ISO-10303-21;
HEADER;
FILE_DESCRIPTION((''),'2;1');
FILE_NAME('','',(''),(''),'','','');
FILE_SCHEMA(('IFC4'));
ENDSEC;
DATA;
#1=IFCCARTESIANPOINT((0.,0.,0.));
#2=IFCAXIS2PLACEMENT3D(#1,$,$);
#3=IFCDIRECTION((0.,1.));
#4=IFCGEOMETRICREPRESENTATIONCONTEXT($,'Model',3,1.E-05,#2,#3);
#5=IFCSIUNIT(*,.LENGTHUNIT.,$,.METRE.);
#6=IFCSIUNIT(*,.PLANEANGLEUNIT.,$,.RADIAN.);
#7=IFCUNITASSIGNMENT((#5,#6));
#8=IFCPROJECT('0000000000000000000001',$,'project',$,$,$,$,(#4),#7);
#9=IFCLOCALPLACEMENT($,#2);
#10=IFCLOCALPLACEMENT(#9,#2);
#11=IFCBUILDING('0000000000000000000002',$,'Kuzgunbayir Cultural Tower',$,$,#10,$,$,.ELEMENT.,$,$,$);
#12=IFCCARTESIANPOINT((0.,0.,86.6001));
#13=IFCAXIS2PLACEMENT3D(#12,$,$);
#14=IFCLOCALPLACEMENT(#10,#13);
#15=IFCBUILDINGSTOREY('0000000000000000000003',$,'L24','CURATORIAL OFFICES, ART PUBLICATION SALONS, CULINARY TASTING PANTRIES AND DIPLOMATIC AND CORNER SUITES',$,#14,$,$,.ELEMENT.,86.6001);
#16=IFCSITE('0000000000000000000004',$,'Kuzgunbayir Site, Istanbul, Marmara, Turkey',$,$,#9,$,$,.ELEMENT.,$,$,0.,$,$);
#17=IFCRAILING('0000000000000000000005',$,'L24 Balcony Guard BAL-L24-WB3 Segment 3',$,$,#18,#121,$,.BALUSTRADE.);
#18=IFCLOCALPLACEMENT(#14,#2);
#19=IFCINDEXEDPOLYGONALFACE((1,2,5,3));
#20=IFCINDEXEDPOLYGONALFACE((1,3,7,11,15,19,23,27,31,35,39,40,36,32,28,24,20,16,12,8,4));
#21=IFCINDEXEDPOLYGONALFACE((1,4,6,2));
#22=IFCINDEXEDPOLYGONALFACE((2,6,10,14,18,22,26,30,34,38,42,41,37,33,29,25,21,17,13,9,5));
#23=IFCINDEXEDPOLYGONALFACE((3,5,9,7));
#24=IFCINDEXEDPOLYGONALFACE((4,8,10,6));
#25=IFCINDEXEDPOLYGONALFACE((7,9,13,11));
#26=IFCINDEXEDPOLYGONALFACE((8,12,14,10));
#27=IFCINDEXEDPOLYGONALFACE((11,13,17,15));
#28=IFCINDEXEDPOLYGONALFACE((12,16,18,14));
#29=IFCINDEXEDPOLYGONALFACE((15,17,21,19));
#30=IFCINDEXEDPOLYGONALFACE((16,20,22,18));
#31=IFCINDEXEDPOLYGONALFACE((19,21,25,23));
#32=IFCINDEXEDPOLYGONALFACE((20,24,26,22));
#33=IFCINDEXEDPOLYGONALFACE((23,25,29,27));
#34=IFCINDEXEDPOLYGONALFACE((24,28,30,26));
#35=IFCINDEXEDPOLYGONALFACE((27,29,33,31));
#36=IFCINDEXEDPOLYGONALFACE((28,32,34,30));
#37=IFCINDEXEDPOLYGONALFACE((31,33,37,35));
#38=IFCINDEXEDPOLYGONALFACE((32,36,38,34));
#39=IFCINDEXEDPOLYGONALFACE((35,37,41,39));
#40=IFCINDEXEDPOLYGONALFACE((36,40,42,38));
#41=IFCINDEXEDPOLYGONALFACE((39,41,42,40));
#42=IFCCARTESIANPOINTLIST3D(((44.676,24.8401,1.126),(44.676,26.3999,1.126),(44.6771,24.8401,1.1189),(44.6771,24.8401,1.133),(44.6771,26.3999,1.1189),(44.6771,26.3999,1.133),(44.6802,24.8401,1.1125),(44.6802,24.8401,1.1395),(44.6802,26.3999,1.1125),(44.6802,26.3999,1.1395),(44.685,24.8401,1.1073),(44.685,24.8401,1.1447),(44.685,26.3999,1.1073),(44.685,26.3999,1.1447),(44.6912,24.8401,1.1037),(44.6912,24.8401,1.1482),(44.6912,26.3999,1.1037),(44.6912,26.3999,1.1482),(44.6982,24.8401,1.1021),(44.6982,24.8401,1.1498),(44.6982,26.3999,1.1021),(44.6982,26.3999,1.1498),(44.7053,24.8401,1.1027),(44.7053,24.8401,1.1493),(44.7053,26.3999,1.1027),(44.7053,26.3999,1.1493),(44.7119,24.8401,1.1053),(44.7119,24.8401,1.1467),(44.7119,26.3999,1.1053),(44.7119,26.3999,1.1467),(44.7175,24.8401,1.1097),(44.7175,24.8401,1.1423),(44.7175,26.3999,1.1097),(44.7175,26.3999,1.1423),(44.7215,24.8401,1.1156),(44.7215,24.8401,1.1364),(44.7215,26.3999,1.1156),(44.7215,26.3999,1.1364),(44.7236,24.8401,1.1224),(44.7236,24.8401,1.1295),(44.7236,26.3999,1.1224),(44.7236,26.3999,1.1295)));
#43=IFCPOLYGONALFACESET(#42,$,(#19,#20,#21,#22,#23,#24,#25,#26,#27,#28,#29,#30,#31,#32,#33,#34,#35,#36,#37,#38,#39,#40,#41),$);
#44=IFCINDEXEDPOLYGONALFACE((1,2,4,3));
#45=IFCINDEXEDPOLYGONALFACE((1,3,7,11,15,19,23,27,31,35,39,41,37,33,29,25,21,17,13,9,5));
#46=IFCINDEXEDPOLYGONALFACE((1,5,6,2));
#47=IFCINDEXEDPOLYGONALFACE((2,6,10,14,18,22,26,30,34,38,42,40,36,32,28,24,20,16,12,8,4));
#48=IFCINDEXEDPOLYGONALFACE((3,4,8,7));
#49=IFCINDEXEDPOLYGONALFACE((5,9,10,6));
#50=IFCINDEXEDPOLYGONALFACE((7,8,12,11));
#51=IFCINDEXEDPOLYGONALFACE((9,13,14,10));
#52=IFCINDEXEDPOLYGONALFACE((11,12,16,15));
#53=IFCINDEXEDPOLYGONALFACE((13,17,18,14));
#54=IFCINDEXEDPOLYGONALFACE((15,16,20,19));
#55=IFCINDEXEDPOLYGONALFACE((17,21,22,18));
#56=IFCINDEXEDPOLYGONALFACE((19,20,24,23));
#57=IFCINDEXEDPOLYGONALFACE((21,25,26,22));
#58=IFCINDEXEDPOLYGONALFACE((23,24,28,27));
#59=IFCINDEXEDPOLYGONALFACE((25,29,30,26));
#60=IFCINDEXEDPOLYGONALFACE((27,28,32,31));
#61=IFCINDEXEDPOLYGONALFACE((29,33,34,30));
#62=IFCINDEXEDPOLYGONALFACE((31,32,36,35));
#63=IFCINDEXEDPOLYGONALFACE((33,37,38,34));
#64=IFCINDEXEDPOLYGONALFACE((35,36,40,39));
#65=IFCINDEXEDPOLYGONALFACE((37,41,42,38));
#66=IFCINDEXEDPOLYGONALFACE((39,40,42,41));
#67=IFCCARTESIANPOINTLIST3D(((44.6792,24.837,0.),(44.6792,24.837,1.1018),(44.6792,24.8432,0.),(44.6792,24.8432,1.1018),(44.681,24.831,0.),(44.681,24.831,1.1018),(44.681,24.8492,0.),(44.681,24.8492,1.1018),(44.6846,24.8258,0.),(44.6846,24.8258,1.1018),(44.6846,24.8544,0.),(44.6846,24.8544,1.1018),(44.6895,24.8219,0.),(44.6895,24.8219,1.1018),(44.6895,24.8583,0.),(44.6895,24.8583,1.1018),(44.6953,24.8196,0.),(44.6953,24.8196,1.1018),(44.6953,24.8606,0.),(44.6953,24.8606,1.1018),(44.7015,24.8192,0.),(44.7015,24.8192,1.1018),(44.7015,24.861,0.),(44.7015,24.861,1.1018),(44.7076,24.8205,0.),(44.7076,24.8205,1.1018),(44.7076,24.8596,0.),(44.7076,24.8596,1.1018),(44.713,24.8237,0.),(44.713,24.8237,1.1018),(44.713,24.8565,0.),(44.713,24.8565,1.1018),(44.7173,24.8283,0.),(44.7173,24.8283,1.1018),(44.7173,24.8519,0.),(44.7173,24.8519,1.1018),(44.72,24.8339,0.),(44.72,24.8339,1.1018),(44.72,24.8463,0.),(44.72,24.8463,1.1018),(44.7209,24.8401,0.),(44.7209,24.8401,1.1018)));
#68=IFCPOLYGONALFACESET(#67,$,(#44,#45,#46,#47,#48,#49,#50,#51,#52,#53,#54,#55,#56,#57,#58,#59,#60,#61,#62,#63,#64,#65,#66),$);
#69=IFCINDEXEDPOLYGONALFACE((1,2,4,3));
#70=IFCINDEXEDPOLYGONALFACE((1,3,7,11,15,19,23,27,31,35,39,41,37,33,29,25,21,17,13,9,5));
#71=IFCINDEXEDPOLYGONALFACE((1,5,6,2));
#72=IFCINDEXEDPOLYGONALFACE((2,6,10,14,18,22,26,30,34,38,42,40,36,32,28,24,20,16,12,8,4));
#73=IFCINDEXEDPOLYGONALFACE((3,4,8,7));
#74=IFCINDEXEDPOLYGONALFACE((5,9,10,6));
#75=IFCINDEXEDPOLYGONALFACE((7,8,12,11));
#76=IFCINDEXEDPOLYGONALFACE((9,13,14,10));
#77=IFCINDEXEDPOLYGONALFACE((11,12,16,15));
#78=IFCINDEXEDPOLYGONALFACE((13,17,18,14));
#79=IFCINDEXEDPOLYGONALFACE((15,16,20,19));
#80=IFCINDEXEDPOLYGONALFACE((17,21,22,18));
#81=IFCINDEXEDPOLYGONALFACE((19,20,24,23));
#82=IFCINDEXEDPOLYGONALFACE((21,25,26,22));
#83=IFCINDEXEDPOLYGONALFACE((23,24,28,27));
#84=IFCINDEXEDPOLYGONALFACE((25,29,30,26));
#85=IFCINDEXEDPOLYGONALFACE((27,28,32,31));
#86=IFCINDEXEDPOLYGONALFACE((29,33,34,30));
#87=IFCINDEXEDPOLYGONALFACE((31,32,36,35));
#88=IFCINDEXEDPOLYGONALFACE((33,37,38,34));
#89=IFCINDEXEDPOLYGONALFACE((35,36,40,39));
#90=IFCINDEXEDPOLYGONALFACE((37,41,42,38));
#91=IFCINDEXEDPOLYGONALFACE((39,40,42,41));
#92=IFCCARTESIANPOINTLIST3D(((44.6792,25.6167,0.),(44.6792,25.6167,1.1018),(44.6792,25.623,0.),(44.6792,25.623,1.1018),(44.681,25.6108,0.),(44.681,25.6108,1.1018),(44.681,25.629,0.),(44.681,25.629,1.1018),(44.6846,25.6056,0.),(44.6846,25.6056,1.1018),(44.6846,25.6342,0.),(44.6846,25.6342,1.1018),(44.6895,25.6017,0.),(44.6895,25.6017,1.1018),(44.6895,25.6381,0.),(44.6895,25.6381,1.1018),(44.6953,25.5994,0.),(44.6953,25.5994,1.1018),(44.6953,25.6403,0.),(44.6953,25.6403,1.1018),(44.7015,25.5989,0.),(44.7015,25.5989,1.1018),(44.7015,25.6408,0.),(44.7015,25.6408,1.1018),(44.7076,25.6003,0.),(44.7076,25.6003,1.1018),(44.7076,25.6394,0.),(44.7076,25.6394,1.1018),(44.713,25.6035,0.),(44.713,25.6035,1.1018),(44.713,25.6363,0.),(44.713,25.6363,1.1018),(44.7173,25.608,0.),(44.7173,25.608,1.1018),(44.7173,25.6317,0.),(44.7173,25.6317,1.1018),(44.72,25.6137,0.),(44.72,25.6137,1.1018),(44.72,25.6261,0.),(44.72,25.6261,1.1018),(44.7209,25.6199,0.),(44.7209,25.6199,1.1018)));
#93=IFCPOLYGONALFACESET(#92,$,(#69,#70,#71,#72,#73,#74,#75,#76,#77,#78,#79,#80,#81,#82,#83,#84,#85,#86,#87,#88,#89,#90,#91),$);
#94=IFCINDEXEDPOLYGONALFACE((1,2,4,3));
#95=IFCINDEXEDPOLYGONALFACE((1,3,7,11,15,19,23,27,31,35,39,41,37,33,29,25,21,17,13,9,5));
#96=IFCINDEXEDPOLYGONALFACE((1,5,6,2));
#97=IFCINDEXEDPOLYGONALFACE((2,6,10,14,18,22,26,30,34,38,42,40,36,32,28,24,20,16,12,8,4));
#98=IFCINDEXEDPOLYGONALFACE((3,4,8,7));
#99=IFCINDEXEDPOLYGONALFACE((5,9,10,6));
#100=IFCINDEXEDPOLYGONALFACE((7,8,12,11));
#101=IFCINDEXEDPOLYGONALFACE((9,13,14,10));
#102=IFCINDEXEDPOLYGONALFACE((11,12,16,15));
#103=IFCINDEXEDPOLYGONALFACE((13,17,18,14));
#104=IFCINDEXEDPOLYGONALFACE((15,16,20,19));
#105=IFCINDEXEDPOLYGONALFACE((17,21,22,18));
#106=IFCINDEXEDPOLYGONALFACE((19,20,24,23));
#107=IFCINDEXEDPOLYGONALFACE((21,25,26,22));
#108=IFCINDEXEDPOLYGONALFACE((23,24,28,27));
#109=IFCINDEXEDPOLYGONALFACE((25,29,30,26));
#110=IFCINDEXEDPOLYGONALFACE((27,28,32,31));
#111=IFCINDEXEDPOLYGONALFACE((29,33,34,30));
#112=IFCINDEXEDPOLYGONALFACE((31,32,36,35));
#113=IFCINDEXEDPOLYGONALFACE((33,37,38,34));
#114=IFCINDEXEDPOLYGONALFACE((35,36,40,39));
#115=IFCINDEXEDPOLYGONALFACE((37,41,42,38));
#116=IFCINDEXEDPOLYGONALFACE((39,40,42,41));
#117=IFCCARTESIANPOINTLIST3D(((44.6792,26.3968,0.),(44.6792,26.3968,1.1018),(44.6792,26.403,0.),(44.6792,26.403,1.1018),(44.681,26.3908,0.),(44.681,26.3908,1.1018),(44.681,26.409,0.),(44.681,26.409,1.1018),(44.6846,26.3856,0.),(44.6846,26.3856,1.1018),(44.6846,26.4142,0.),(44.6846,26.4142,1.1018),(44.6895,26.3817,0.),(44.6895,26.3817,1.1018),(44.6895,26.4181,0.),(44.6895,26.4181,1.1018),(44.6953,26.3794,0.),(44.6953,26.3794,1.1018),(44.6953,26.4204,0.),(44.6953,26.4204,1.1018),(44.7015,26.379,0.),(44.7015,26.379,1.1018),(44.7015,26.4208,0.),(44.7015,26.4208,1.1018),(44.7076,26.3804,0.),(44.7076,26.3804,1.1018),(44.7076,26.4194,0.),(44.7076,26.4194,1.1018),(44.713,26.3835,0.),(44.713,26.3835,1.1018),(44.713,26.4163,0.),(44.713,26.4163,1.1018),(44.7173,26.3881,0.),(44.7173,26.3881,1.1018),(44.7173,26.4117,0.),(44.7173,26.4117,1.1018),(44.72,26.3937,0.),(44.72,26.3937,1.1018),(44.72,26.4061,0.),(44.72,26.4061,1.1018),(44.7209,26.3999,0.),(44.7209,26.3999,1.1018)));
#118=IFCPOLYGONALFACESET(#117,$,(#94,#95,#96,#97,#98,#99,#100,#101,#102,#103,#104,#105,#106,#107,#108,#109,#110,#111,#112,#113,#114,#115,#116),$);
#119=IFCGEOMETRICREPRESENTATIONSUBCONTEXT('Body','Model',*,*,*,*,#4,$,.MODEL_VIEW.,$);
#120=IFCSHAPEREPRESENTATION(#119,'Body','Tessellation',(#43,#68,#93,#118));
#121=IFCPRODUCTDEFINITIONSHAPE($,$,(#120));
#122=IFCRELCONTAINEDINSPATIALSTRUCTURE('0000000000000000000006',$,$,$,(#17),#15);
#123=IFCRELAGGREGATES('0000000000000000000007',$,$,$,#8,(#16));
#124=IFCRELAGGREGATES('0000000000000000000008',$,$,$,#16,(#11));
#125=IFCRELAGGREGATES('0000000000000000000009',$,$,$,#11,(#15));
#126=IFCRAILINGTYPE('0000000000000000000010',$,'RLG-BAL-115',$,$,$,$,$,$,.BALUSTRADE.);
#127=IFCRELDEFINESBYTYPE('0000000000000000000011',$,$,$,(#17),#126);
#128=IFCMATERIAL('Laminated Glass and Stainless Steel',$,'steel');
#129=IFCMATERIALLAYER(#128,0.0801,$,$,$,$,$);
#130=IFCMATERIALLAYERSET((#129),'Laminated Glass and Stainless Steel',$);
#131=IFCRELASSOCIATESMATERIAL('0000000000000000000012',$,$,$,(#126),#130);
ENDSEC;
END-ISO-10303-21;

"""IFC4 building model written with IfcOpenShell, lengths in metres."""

from ifc_helpers import new_model, si_unit, direction, frame, origin, origin_2d, place, context, subcontext, project, spatial, circle, extrude, material, layer, layer_set, type_object, element, save


model = new_model("IFC4")

# Units and contexts
model_context = context("Model", 3, precision=1e-05, world=origin(), true_north=direction((0.0, 1.0)))
body_context = subcontext(model_context, "Body", "Model", "MODEL_VIEW")
ifc_project = project(units=[si_unit("LENGTHUNIT", "METRE"), si_unit("PLANEANGLEUNIT", "RADIAN")], contexts=[model_context])

# Site, building, storey
site_placement = place(None, origin())
site = spatial("IfcSite", under=ifc_project, at=site_placement, Name="Kuzgunbayir Site, Istanbul, Marmara, Turkey", CompositionType="ELEMENT", RefElevation=0.0)
building_placement = place(site_placement, origin())
building = spatial("IfcBuilding", under=site, at=building_placement, Name="Kuzgunbayir Cultural Tower", CompositionType="ELEMENT")
storey_placement = place(building_placement, frame((0.0, 0.0, 86.6001)))
storey = spatial("IfcBuildingStorey", under=building, at=storey_placement, Name="L24", Description="CURATORIAL OFFICES, ART PUBLICATION SALONS, CULINARY TASTING PANTRIES AND DIPLOMATIC AND CORNER SUITES", CompositionType="ELEMENT", Elevation=86.6001)

# Railing
ifc_material_1 = material(Name="Laminated Glass and Stainless Steel", Category="steel")
ifc_layer_1 = layer(ifc_material_1, 0.0801)
ifc_layer_set_1 = layer_set([ifc_layer_1], Name="Laminated Glass and Stainless Steel")
railing_type = type_object("IfcRailingType", Name="RLG-BAL-115", PredefinedType="BALUSTRADE", material=ifc_layer_set_1)
railing_1_placement = place(storey_placement, frame((44.7, 24.8401, 0.0)))
element("IfcRailing", 1, at=railing_1_placement, inside=storey, type_object=railing_type, Name="L24 Balcony Guard BAL-L24-WB3 Segment 3", PredefinedType="BALUSTRADE", context=body_context, shape_type="SweptSolid", body=[
    extrude(circle(Radius=0.0239, at=origin_2d()), frame((0.0, 0.0, 1.126), z_axis=(0.0, 1.0, 0.0), x_axis=(-1.0, 0.0, 0.0)), (0.0, 0.0, 1.0), 1.5598),
    extrude(circle(Radius=0.021, at=origin_2d()), origin(), (0.0, 0.0, 1.0), 1.1018),
    extrude(circle(Radius=0.021, at=origin_2d()), frame((0.0, 0.7798, 0.0)), (0.0, 0.0, 1.0), 1.1018),
    extrude(circle(Radius=0.021, at=origin_2d()), frame((0.0, 1.5598, 0.0)), (0.0, 0.0, 1.0), 1.1018),
])

save(model, "model.ifc")
